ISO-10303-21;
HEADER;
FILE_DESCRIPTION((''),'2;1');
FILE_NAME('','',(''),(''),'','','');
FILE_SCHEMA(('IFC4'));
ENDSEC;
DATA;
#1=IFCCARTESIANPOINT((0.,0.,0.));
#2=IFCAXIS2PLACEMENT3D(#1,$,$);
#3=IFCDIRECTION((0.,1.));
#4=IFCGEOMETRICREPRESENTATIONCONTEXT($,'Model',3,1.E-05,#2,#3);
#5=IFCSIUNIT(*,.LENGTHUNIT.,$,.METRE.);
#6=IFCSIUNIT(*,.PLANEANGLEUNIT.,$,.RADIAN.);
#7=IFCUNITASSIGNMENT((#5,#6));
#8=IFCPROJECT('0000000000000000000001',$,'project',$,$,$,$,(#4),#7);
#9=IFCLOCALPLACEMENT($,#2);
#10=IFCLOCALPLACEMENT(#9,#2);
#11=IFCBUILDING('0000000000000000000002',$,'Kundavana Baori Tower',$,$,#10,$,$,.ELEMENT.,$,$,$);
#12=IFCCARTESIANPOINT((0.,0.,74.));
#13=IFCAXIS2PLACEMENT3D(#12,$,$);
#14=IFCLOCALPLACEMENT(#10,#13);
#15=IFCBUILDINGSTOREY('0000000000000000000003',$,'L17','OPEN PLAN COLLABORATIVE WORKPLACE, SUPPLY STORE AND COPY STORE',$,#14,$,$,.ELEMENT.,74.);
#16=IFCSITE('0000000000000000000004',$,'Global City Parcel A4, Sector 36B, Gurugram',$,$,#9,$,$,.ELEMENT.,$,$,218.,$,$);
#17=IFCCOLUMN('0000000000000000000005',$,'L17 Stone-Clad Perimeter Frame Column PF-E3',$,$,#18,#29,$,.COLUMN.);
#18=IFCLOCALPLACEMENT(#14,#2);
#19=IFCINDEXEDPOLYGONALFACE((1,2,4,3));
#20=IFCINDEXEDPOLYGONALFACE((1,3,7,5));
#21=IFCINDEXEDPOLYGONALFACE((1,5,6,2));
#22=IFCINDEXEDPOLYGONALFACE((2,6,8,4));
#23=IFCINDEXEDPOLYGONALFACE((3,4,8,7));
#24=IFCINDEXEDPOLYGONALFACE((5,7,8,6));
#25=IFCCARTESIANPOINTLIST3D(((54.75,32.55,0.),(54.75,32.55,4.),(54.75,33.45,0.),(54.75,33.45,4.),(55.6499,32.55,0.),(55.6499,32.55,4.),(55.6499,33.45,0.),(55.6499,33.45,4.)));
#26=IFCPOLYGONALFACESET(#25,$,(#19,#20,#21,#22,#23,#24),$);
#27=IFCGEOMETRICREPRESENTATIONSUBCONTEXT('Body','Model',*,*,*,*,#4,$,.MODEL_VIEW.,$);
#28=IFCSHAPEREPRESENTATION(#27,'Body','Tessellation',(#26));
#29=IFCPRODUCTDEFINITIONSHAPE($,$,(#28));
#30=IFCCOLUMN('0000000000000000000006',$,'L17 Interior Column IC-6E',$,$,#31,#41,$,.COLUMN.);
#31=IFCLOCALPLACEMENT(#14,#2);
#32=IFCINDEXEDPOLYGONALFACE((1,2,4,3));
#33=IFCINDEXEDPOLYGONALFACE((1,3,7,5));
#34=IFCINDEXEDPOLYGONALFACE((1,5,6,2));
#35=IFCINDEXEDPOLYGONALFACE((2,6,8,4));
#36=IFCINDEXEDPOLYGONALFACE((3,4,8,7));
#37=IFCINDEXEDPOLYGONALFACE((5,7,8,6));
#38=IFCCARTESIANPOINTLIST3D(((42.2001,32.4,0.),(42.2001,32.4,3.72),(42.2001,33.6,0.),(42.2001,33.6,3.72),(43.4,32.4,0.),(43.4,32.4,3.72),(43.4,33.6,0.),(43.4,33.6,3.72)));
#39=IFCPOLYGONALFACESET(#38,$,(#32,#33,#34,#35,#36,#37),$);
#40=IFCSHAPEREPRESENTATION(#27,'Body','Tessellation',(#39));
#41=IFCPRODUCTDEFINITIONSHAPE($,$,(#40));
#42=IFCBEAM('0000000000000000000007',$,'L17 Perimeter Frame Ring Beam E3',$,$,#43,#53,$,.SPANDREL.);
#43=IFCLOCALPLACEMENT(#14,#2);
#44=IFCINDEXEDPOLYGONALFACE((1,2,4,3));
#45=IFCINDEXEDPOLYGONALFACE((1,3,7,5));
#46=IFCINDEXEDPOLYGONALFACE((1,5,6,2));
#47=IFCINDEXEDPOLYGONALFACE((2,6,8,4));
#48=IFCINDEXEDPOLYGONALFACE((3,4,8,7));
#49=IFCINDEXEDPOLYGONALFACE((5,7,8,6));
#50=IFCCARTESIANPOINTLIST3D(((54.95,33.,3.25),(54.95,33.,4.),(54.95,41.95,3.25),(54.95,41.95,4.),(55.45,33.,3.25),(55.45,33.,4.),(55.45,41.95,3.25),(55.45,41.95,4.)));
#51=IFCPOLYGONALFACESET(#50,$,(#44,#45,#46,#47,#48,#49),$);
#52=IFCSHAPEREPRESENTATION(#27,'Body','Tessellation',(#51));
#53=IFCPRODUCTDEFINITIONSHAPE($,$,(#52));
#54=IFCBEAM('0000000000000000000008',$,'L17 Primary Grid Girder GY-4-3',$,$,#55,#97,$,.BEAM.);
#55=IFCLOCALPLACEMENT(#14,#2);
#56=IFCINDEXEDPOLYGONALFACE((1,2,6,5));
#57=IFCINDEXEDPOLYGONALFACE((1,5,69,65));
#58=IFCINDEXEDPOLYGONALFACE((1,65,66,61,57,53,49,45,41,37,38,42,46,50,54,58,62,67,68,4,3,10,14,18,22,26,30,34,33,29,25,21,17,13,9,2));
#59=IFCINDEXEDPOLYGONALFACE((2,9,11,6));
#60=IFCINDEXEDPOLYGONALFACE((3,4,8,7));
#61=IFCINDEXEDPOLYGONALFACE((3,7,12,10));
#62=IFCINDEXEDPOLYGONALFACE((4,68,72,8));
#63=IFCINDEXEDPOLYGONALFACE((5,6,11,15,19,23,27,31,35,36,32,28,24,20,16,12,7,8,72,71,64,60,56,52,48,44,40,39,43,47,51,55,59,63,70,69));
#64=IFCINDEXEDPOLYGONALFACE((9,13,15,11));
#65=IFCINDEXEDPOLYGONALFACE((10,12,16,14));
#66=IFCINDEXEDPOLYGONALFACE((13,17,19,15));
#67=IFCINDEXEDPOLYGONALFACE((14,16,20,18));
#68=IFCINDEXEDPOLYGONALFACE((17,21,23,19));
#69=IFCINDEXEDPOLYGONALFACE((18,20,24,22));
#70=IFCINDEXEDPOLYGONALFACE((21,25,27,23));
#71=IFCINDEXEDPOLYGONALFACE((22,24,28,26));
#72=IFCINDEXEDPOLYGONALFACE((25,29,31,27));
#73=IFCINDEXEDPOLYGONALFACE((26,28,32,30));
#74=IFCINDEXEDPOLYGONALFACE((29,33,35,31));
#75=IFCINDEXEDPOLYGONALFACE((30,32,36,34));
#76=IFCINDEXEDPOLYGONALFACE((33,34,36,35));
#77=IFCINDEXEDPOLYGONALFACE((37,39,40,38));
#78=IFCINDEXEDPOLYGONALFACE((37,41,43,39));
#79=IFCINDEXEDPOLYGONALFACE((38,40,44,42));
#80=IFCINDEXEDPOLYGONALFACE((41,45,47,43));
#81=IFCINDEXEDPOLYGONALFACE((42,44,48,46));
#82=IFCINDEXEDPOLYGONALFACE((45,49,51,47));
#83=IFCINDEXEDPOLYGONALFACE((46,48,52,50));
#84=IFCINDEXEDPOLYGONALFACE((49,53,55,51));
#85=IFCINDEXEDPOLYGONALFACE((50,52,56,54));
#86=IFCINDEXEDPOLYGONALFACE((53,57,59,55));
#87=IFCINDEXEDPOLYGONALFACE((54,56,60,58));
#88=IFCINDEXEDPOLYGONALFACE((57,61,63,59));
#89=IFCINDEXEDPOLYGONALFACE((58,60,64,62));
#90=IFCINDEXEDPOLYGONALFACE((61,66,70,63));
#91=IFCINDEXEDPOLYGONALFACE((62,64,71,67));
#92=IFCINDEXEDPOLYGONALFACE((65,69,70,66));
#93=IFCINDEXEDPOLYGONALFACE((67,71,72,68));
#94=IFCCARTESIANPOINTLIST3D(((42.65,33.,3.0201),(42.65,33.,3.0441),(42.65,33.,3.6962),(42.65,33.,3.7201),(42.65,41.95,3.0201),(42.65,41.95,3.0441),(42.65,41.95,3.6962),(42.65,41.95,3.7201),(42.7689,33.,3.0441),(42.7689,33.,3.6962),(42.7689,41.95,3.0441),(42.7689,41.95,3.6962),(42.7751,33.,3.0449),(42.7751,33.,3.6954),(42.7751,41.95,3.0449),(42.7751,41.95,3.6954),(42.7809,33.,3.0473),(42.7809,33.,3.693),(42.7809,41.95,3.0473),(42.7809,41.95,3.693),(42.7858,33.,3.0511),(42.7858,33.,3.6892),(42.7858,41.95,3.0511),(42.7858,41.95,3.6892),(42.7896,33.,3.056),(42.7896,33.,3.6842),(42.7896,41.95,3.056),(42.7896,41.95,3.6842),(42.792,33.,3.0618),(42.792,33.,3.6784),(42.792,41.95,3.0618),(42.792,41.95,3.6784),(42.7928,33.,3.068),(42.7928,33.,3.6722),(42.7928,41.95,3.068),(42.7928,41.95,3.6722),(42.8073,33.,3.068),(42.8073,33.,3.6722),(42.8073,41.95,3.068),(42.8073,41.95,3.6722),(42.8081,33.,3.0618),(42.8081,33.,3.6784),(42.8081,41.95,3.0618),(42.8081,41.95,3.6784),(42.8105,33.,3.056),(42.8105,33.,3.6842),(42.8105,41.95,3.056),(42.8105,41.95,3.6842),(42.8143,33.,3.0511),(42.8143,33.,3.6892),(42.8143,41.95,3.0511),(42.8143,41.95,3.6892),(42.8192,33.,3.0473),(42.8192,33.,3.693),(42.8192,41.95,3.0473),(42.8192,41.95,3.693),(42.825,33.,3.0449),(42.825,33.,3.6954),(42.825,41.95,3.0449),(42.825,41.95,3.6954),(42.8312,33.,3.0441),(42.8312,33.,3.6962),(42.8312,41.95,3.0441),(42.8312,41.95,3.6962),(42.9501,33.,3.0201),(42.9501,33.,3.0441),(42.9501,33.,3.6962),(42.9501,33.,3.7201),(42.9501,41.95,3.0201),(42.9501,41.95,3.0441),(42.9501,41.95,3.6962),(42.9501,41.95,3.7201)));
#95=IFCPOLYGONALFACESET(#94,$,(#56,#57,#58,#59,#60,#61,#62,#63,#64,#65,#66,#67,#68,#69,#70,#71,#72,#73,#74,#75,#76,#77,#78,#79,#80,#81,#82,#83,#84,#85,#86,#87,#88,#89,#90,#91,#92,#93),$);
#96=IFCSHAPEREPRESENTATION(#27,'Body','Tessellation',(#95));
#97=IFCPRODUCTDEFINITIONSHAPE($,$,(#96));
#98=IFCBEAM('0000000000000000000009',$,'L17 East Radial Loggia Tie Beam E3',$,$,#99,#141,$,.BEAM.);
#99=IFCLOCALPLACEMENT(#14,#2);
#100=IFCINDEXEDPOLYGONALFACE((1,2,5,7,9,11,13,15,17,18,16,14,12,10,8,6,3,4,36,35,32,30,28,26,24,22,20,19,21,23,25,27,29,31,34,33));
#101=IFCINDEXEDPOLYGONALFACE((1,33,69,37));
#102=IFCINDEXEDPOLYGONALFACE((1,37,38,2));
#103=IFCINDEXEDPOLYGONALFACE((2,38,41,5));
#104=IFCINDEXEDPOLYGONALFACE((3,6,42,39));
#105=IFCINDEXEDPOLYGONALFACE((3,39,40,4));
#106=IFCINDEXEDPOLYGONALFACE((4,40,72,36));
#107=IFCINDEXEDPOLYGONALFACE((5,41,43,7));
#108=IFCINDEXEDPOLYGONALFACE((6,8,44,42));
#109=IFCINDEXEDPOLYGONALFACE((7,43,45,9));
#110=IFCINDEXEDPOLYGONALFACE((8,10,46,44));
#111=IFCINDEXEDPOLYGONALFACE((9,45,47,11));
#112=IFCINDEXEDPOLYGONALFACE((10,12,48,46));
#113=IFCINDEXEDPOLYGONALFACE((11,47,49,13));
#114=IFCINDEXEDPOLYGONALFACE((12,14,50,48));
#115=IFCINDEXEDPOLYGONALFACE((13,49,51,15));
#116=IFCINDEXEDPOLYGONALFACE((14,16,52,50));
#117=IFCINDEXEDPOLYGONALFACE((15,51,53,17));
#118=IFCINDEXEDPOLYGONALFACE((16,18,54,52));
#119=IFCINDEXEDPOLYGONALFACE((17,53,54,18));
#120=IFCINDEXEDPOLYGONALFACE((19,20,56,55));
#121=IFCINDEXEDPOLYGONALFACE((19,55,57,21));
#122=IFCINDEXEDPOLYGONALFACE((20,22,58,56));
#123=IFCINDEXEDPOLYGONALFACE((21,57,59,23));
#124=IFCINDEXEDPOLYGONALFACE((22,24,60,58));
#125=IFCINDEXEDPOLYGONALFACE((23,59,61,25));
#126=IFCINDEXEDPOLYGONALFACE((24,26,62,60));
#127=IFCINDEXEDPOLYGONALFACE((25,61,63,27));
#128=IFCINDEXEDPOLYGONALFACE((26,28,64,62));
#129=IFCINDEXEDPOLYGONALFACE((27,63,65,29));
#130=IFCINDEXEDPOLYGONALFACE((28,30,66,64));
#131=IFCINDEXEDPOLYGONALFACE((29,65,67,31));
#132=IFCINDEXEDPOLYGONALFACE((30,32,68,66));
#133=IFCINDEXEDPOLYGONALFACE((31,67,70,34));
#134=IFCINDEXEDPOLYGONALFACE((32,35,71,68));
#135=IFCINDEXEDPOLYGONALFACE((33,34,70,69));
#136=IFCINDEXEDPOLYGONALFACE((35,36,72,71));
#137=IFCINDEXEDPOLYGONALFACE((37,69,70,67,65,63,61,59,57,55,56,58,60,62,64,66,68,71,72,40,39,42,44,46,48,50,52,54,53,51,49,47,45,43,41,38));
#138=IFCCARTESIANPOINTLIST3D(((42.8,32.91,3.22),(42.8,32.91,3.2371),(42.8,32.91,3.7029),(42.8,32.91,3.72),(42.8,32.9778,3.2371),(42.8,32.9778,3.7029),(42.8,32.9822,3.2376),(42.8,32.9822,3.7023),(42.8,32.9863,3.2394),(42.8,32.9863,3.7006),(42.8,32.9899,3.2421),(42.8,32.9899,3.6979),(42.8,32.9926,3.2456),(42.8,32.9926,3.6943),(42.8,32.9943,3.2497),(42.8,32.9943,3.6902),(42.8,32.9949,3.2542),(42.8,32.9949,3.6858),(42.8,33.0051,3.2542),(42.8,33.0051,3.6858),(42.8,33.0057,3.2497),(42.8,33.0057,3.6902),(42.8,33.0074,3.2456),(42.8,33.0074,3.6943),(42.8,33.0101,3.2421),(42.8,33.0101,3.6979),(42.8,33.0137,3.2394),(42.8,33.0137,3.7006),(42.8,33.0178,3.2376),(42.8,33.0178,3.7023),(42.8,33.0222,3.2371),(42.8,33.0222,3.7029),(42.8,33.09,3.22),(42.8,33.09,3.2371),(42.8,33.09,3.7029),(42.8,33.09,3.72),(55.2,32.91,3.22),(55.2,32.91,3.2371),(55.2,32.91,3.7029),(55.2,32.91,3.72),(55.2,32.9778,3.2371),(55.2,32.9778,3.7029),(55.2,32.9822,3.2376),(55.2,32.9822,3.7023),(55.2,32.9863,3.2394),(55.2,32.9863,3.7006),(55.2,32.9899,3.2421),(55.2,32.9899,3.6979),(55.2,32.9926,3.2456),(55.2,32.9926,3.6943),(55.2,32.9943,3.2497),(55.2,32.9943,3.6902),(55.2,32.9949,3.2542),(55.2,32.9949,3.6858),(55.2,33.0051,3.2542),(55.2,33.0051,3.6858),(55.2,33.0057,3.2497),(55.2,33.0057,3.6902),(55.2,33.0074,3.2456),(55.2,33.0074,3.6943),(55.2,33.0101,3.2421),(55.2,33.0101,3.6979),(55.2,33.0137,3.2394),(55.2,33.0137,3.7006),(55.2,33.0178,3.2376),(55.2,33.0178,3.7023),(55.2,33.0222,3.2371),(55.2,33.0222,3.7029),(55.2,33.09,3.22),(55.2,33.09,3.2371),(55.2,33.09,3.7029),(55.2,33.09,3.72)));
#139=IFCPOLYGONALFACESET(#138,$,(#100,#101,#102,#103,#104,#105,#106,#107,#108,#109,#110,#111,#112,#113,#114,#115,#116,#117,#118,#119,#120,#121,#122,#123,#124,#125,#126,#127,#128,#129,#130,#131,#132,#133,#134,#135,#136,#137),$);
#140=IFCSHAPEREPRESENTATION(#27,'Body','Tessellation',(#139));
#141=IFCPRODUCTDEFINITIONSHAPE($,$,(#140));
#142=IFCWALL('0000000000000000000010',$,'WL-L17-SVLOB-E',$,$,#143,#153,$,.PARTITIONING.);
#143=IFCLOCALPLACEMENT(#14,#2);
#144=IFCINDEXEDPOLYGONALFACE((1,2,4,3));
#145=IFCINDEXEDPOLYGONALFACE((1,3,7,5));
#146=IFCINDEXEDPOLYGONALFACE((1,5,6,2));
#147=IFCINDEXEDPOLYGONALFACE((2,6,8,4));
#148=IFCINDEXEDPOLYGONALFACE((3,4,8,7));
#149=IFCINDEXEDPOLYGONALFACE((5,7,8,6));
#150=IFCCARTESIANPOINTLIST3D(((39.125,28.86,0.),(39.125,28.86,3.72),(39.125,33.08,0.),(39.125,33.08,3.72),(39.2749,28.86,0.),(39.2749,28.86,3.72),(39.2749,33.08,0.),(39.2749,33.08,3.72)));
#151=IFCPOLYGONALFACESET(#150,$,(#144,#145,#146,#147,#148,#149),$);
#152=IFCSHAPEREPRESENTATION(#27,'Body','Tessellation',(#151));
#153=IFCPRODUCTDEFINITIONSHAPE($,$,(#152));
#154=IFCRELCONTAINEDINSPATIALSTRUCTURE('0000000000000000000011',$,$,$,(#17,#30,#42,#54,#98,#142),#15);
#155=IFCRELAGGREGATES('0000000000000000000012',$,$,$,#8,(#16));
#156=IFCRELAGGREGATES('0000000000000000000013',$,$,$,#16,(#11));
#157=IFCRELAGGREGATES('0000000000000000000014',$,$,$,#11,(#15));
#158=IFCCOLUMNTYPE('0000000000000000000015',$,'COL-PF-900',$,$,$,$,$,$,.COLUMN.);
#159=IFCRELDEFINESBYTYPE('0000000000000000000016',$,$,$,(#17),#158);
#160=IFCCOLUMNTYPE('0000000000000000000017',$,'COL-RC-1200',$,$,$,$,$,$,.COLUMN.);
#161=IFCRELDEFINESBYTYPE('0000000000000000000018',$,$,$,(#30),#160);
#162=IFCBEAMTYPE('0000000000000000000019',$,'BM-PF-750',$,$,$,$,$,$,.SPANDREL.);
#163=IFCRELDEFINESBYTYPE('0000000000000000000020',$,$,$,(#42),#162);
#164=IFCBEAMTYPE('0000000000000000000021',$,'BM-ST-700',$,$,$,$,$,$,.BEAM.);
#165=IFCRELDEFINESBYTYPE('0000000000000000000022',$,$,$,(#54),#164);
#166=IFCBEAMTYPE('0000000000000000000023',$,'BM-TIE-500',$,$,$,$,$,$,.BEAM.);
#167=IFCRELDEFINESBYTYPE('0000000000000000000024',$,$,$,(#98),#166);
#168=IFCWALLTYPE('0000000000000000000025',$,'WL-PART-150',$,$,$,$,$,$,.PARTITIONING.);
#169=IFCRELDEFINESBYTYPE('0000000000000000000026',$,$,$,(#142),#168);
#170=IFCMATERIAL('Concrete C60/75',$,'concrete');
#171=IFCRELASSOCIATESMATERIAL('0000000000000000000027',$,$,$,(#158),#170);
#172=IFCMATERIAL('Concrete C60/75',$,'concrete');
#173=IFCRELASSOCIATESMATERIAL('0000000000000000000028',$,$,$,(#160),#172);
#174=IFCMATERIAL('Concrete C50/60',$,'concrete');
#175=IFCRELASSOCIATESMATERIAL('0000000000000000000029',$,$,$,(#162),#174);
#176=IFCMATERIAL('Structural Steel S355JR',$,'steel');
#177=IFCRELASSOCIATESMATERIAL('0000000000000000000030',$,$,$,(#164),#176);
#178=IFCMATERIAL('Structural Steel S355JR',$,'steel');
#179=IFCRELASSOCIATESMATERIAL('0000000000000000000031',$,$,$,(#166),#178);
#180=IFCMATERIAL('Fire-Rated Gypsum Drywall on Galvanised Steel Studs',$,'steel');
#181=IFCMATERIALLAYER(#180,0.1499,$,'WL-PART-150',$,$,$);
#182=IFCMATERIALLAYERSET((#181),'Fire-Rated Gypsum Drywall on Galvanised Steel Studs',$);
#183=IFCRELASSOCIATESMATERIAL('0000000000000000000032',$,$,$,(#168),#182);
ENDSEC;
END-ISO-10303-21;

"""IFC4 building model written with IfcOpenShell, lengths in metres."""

from ifc_helpers import new_model, si_unit, direction, frame, frame_2d, origin, origin_2d, place, context, subcontext, project, spatial, rectangle, i_section, extrude, material, layer, layer_set, material_profile, profile_set, type_object, element, save


model = new_model("IFC4")

# Units and contexts
model_context = context("Model", 3, precision=1e-05, world=origin(), true_north=direction((0.0, 1.0)))
body_context = subcontext(model_context, "Body", "Model", "MODEL_VIEW")
ifc_project = project(units=[si_unit("LENGTHUNIT", "METRE"), si_unit("PLANEANGLEUNIT", "RADIAN")], contexts=[model_context])

# Site, building, storey
site_placement = place(None, origin())
site = spatial("IfcSite", under=ifc_project, at=site_placement, Name="Global City Parcel A4, Sector 36B, Gurugram", CompositionType="ELEMENT", RefElevation=218.0)
building_placement = place(site_placement, origin())
building = spatial("IfcBuilding", under=site, at=building_placement, Name="Kundavana Baori Tower", CompositionType="ELEMENT")
storey_placement = place(building_placement, frame((0.0, 0.0, 74.0)))
storey = spatial("IfcBuildingStorey", under=building, at=storey_placement, Name="L17", Description="OPEN PLAN COLLABORATIVE WORKPLACE, SUPPLY STORE AND COPY STORE", CompositionType="ELEMENT", Elevation=74.0)

# Columns
ifc_material_1 = material(Name="Concrete C60/75", Category="concrete")
ifc_material_profile_1 = material_profile(ifc_material_1, rectangle(XDim=0.8999, YDim=0.8999, at=origin_2d()), Name="RC PF 900x900")
ifc_profile_set_1 = profile_set([ifc_material_profile_1], Name="Concrete C60/75")
column_type_1 = type_object("IfcColumnType", Name="COL-PF-900", PredefinedType="COLUMN", material=ifc_profile_set_1)
column_1_placement = place(storey_placement, frame((55.2, 33.0, 0.0), z_axis=(0.0, 0.0, 1.0), x_axis=(1.0, 0.0, 0.0)))
element("IfcColumn", 1, at=column_1_placement, inside=storey, type_object=column_type_1, Name="L17 Stone-Clad Perimeter Frame Column PF-E3", PredefinedType="COLUMN", context=body_context, shape_type="SweptSolid", body=[
    extrude(rectangle(XDim=0.8999, YDim=0.8999, at=origin_2d()), origin(), (0.0, 0.0, 1.0), 4.0),
])
ifc_material_2 = material(Name="Concrete C60/75", Category="concrete")
ifc_material_profile_2 = material_profile(ifc_material_2, rectangle(XDim=1.2, YDim=1.2, at=origin_2d()), Name="RC 1200x1200")
ifc_profile_set_2 = profile_set([ifc_material_profile_2], Name="Concrete C60/75")
column_type_2 = type_object("IfcColumnType", Name="COL-RC-1200", PredefinedType="COLUMN", material=ifc_profile_set_2)
column_2_placement = place(storey_placement, frame((42.8, 33.0, 0.0), z_axis=(0.0, 0.0, 1.0), x_axis=(1.0, 0.0, 0.0)))
element("IfcColumn", 2, at=column_2_placement, inside=storey, type_object=column_type_2, Name="L17 Interior Column IC-6E", PredefinedType="COLUMN", context=body_context, shape_type="SweptSolid", body=[
    extrude(rectangle(XDim=1.2, YDim=1.2, at=origin_2d()), origin(), (0.0, 0.0, 1.0), 3.72),
])

# Beams
ifc_material_3 = material(Name="Concrete C50/60", Category="concrete")
ifc_material_profile_3 = material_profile(ifc_material_3, rectangle(XDim=0.5, YDim=0.75, at=origin_2d()), Name="RC BM 500x750")
ifc_profile_set_3 = profile_set([ifc_material_profile_3], Name="Concrete C50/60")
beam_type_1 = type_object("IfcBeamType", Name="BM-PF-750", PredefinedType="SPANDREL", material=ifc_profile_set_3)
beam_1_placement = place(storey_placement, frame((55.2, 33.0, 3.625), z_axis=(0.0, 1.0, 0.0), x_axis=(-1.0, 0.0, 0.0)))
element("IfcBeam", 3, at=beam_1_placement, inside=storey, type_object=beam_type_1, Name="L17 Perimeter Frame Ring Beam E3", PredefinedType="SPANDREL", context=body_context, shape_type="SweptSolid", body=[
    extrude(rectangle(XDim=0.5, YDim=0.75, at=origin_2d()), origin(), (0.0, 0.0, 1.0), 8.95),
])
ifc_material_4 = material(Name="Structural Steel S355JR", Category="steel")
ifc_material_profile_4 = material_profile(ifc_material_4, i_section(OverallWidth=0.3, OverallDepth=0.7, WebThickness=0.0144, FlangeThickness=0.0239, FilletRadius=0.0239, at=origin_2d()), Name="NPB 700x300x170")
ifc_profile_set_4 = profile_set([ifc_material_profile_4], Name="Structural Steel S355JR")
beam_type_2 = type_object("IfcBeamType", Name="BM-ST-700", PredefinedType="BEAM", material=ifc_profile_set_4)
beam_2_placement = place(storey_placement, frame((42.8, 33.0, 3.3701), z_axis=(0.0, 1.0, 0.0), x_axis=(-1.0, 0.0, 0.0)))
element("IfcBeam", 4, at=beam_2_placement, inside=storey, type_object=beam_type_2, Name="L17 Primary Grid Girder GY-4-3", PredefinedType="BEAM", context=body_context, shape_type="SweptSolid", body=[
    extrude(i_section(OverallWidth=0.3, OverallDepth=0.7, WebThickness=0.0144, FlangeThickness=0.0239, FilletRadius=0.0239, at=origin_2d()), origin(), (0.0, 0.0, 1.0), 8.95),
])
ifc_material_5 = material(Name="Structural Steel S355JR", Category="steel")
ifc_material_profile_5 = material_profile(ifc_material_5, i_section(OverallWidth=0.1799, OverallDepth=0.5, WebThickness=0.0103, FlangeThickness=0.0171, FilletRadius=0.0171, at=origin_2d()), Name="ISMB 500")
ifc_profile_set_5 = profile_set([ifc_material_profile_5], Name="Structural Steel S355JR")
beam_type_3 = type_object("IfcBeamType", Name="BM-TIE-500", PredefinedType="BEAM", material=ifc_profile_set_5)
beam_3_placement = place(storey_placement, frame((42.8, 33.0, 3.47), z_axis=(1.0, 0.0, 0.0), x_axis=(0.0, 1.0, 0.0)))
element("IfcBeam", 5, at=beam_3_placement, inside=storey, type_object=beam_type_3, Name="L17 East Radial Loggia Tie Beam E3", PredefinedType="BEAM", context=body_context, shape_type="SweptSolid", body=[
    extrude(i_section(OverallWidth=0.1799, OverallDepth=0.5, WebThickness=0.0103, FlangeThickness=0.0171, FilletRadius=0.0171, at=origin_2d()), origin(), (0.0, 0.0, 1.0), 12.3999),
])

# Wall
ifc_material_6 = material(Name="Fire-Rated Gypsum Drywall on Galvanised Steel Studs", Category="steel")
ifc_layer_1 = layer(ifc_material_6, 0.1499, Name="WL-PART-150")
ifc_layer_set_1 = layer_set([ifc_layer_1], Name="Fire-Rated Gypsum Drywall on Galvanised Steel Studs")
wall_type_1 = type_object("IfcWallType", Name="WL-PART-150", PredefinedType="PARTITIONING", material=ifc_layer_set_1)
wall_1_placement = place(storey_placement, frame((39.2, 28.8601, 0.0), z_axis=(0.0, 0.0, 1.0), x_axis=(0.0, 1.0, 0.0)))
element("IfcWall", 6, at=wall_1_placement, inside=storey, type_object=wall_type_1, Name="WL-L17-SVLOB-E", PredefinedType="PARTITIONING", context=body_context, shape_type="SweptSolid", body=[
    extrude(rectangle(XDim=4.22, YDim=0.1499, at=frame_2d((2.1099, 0.0))), origin(), (0.0, 0.0, 1.0), 3.72),
])

save(model, "model.ifc")
